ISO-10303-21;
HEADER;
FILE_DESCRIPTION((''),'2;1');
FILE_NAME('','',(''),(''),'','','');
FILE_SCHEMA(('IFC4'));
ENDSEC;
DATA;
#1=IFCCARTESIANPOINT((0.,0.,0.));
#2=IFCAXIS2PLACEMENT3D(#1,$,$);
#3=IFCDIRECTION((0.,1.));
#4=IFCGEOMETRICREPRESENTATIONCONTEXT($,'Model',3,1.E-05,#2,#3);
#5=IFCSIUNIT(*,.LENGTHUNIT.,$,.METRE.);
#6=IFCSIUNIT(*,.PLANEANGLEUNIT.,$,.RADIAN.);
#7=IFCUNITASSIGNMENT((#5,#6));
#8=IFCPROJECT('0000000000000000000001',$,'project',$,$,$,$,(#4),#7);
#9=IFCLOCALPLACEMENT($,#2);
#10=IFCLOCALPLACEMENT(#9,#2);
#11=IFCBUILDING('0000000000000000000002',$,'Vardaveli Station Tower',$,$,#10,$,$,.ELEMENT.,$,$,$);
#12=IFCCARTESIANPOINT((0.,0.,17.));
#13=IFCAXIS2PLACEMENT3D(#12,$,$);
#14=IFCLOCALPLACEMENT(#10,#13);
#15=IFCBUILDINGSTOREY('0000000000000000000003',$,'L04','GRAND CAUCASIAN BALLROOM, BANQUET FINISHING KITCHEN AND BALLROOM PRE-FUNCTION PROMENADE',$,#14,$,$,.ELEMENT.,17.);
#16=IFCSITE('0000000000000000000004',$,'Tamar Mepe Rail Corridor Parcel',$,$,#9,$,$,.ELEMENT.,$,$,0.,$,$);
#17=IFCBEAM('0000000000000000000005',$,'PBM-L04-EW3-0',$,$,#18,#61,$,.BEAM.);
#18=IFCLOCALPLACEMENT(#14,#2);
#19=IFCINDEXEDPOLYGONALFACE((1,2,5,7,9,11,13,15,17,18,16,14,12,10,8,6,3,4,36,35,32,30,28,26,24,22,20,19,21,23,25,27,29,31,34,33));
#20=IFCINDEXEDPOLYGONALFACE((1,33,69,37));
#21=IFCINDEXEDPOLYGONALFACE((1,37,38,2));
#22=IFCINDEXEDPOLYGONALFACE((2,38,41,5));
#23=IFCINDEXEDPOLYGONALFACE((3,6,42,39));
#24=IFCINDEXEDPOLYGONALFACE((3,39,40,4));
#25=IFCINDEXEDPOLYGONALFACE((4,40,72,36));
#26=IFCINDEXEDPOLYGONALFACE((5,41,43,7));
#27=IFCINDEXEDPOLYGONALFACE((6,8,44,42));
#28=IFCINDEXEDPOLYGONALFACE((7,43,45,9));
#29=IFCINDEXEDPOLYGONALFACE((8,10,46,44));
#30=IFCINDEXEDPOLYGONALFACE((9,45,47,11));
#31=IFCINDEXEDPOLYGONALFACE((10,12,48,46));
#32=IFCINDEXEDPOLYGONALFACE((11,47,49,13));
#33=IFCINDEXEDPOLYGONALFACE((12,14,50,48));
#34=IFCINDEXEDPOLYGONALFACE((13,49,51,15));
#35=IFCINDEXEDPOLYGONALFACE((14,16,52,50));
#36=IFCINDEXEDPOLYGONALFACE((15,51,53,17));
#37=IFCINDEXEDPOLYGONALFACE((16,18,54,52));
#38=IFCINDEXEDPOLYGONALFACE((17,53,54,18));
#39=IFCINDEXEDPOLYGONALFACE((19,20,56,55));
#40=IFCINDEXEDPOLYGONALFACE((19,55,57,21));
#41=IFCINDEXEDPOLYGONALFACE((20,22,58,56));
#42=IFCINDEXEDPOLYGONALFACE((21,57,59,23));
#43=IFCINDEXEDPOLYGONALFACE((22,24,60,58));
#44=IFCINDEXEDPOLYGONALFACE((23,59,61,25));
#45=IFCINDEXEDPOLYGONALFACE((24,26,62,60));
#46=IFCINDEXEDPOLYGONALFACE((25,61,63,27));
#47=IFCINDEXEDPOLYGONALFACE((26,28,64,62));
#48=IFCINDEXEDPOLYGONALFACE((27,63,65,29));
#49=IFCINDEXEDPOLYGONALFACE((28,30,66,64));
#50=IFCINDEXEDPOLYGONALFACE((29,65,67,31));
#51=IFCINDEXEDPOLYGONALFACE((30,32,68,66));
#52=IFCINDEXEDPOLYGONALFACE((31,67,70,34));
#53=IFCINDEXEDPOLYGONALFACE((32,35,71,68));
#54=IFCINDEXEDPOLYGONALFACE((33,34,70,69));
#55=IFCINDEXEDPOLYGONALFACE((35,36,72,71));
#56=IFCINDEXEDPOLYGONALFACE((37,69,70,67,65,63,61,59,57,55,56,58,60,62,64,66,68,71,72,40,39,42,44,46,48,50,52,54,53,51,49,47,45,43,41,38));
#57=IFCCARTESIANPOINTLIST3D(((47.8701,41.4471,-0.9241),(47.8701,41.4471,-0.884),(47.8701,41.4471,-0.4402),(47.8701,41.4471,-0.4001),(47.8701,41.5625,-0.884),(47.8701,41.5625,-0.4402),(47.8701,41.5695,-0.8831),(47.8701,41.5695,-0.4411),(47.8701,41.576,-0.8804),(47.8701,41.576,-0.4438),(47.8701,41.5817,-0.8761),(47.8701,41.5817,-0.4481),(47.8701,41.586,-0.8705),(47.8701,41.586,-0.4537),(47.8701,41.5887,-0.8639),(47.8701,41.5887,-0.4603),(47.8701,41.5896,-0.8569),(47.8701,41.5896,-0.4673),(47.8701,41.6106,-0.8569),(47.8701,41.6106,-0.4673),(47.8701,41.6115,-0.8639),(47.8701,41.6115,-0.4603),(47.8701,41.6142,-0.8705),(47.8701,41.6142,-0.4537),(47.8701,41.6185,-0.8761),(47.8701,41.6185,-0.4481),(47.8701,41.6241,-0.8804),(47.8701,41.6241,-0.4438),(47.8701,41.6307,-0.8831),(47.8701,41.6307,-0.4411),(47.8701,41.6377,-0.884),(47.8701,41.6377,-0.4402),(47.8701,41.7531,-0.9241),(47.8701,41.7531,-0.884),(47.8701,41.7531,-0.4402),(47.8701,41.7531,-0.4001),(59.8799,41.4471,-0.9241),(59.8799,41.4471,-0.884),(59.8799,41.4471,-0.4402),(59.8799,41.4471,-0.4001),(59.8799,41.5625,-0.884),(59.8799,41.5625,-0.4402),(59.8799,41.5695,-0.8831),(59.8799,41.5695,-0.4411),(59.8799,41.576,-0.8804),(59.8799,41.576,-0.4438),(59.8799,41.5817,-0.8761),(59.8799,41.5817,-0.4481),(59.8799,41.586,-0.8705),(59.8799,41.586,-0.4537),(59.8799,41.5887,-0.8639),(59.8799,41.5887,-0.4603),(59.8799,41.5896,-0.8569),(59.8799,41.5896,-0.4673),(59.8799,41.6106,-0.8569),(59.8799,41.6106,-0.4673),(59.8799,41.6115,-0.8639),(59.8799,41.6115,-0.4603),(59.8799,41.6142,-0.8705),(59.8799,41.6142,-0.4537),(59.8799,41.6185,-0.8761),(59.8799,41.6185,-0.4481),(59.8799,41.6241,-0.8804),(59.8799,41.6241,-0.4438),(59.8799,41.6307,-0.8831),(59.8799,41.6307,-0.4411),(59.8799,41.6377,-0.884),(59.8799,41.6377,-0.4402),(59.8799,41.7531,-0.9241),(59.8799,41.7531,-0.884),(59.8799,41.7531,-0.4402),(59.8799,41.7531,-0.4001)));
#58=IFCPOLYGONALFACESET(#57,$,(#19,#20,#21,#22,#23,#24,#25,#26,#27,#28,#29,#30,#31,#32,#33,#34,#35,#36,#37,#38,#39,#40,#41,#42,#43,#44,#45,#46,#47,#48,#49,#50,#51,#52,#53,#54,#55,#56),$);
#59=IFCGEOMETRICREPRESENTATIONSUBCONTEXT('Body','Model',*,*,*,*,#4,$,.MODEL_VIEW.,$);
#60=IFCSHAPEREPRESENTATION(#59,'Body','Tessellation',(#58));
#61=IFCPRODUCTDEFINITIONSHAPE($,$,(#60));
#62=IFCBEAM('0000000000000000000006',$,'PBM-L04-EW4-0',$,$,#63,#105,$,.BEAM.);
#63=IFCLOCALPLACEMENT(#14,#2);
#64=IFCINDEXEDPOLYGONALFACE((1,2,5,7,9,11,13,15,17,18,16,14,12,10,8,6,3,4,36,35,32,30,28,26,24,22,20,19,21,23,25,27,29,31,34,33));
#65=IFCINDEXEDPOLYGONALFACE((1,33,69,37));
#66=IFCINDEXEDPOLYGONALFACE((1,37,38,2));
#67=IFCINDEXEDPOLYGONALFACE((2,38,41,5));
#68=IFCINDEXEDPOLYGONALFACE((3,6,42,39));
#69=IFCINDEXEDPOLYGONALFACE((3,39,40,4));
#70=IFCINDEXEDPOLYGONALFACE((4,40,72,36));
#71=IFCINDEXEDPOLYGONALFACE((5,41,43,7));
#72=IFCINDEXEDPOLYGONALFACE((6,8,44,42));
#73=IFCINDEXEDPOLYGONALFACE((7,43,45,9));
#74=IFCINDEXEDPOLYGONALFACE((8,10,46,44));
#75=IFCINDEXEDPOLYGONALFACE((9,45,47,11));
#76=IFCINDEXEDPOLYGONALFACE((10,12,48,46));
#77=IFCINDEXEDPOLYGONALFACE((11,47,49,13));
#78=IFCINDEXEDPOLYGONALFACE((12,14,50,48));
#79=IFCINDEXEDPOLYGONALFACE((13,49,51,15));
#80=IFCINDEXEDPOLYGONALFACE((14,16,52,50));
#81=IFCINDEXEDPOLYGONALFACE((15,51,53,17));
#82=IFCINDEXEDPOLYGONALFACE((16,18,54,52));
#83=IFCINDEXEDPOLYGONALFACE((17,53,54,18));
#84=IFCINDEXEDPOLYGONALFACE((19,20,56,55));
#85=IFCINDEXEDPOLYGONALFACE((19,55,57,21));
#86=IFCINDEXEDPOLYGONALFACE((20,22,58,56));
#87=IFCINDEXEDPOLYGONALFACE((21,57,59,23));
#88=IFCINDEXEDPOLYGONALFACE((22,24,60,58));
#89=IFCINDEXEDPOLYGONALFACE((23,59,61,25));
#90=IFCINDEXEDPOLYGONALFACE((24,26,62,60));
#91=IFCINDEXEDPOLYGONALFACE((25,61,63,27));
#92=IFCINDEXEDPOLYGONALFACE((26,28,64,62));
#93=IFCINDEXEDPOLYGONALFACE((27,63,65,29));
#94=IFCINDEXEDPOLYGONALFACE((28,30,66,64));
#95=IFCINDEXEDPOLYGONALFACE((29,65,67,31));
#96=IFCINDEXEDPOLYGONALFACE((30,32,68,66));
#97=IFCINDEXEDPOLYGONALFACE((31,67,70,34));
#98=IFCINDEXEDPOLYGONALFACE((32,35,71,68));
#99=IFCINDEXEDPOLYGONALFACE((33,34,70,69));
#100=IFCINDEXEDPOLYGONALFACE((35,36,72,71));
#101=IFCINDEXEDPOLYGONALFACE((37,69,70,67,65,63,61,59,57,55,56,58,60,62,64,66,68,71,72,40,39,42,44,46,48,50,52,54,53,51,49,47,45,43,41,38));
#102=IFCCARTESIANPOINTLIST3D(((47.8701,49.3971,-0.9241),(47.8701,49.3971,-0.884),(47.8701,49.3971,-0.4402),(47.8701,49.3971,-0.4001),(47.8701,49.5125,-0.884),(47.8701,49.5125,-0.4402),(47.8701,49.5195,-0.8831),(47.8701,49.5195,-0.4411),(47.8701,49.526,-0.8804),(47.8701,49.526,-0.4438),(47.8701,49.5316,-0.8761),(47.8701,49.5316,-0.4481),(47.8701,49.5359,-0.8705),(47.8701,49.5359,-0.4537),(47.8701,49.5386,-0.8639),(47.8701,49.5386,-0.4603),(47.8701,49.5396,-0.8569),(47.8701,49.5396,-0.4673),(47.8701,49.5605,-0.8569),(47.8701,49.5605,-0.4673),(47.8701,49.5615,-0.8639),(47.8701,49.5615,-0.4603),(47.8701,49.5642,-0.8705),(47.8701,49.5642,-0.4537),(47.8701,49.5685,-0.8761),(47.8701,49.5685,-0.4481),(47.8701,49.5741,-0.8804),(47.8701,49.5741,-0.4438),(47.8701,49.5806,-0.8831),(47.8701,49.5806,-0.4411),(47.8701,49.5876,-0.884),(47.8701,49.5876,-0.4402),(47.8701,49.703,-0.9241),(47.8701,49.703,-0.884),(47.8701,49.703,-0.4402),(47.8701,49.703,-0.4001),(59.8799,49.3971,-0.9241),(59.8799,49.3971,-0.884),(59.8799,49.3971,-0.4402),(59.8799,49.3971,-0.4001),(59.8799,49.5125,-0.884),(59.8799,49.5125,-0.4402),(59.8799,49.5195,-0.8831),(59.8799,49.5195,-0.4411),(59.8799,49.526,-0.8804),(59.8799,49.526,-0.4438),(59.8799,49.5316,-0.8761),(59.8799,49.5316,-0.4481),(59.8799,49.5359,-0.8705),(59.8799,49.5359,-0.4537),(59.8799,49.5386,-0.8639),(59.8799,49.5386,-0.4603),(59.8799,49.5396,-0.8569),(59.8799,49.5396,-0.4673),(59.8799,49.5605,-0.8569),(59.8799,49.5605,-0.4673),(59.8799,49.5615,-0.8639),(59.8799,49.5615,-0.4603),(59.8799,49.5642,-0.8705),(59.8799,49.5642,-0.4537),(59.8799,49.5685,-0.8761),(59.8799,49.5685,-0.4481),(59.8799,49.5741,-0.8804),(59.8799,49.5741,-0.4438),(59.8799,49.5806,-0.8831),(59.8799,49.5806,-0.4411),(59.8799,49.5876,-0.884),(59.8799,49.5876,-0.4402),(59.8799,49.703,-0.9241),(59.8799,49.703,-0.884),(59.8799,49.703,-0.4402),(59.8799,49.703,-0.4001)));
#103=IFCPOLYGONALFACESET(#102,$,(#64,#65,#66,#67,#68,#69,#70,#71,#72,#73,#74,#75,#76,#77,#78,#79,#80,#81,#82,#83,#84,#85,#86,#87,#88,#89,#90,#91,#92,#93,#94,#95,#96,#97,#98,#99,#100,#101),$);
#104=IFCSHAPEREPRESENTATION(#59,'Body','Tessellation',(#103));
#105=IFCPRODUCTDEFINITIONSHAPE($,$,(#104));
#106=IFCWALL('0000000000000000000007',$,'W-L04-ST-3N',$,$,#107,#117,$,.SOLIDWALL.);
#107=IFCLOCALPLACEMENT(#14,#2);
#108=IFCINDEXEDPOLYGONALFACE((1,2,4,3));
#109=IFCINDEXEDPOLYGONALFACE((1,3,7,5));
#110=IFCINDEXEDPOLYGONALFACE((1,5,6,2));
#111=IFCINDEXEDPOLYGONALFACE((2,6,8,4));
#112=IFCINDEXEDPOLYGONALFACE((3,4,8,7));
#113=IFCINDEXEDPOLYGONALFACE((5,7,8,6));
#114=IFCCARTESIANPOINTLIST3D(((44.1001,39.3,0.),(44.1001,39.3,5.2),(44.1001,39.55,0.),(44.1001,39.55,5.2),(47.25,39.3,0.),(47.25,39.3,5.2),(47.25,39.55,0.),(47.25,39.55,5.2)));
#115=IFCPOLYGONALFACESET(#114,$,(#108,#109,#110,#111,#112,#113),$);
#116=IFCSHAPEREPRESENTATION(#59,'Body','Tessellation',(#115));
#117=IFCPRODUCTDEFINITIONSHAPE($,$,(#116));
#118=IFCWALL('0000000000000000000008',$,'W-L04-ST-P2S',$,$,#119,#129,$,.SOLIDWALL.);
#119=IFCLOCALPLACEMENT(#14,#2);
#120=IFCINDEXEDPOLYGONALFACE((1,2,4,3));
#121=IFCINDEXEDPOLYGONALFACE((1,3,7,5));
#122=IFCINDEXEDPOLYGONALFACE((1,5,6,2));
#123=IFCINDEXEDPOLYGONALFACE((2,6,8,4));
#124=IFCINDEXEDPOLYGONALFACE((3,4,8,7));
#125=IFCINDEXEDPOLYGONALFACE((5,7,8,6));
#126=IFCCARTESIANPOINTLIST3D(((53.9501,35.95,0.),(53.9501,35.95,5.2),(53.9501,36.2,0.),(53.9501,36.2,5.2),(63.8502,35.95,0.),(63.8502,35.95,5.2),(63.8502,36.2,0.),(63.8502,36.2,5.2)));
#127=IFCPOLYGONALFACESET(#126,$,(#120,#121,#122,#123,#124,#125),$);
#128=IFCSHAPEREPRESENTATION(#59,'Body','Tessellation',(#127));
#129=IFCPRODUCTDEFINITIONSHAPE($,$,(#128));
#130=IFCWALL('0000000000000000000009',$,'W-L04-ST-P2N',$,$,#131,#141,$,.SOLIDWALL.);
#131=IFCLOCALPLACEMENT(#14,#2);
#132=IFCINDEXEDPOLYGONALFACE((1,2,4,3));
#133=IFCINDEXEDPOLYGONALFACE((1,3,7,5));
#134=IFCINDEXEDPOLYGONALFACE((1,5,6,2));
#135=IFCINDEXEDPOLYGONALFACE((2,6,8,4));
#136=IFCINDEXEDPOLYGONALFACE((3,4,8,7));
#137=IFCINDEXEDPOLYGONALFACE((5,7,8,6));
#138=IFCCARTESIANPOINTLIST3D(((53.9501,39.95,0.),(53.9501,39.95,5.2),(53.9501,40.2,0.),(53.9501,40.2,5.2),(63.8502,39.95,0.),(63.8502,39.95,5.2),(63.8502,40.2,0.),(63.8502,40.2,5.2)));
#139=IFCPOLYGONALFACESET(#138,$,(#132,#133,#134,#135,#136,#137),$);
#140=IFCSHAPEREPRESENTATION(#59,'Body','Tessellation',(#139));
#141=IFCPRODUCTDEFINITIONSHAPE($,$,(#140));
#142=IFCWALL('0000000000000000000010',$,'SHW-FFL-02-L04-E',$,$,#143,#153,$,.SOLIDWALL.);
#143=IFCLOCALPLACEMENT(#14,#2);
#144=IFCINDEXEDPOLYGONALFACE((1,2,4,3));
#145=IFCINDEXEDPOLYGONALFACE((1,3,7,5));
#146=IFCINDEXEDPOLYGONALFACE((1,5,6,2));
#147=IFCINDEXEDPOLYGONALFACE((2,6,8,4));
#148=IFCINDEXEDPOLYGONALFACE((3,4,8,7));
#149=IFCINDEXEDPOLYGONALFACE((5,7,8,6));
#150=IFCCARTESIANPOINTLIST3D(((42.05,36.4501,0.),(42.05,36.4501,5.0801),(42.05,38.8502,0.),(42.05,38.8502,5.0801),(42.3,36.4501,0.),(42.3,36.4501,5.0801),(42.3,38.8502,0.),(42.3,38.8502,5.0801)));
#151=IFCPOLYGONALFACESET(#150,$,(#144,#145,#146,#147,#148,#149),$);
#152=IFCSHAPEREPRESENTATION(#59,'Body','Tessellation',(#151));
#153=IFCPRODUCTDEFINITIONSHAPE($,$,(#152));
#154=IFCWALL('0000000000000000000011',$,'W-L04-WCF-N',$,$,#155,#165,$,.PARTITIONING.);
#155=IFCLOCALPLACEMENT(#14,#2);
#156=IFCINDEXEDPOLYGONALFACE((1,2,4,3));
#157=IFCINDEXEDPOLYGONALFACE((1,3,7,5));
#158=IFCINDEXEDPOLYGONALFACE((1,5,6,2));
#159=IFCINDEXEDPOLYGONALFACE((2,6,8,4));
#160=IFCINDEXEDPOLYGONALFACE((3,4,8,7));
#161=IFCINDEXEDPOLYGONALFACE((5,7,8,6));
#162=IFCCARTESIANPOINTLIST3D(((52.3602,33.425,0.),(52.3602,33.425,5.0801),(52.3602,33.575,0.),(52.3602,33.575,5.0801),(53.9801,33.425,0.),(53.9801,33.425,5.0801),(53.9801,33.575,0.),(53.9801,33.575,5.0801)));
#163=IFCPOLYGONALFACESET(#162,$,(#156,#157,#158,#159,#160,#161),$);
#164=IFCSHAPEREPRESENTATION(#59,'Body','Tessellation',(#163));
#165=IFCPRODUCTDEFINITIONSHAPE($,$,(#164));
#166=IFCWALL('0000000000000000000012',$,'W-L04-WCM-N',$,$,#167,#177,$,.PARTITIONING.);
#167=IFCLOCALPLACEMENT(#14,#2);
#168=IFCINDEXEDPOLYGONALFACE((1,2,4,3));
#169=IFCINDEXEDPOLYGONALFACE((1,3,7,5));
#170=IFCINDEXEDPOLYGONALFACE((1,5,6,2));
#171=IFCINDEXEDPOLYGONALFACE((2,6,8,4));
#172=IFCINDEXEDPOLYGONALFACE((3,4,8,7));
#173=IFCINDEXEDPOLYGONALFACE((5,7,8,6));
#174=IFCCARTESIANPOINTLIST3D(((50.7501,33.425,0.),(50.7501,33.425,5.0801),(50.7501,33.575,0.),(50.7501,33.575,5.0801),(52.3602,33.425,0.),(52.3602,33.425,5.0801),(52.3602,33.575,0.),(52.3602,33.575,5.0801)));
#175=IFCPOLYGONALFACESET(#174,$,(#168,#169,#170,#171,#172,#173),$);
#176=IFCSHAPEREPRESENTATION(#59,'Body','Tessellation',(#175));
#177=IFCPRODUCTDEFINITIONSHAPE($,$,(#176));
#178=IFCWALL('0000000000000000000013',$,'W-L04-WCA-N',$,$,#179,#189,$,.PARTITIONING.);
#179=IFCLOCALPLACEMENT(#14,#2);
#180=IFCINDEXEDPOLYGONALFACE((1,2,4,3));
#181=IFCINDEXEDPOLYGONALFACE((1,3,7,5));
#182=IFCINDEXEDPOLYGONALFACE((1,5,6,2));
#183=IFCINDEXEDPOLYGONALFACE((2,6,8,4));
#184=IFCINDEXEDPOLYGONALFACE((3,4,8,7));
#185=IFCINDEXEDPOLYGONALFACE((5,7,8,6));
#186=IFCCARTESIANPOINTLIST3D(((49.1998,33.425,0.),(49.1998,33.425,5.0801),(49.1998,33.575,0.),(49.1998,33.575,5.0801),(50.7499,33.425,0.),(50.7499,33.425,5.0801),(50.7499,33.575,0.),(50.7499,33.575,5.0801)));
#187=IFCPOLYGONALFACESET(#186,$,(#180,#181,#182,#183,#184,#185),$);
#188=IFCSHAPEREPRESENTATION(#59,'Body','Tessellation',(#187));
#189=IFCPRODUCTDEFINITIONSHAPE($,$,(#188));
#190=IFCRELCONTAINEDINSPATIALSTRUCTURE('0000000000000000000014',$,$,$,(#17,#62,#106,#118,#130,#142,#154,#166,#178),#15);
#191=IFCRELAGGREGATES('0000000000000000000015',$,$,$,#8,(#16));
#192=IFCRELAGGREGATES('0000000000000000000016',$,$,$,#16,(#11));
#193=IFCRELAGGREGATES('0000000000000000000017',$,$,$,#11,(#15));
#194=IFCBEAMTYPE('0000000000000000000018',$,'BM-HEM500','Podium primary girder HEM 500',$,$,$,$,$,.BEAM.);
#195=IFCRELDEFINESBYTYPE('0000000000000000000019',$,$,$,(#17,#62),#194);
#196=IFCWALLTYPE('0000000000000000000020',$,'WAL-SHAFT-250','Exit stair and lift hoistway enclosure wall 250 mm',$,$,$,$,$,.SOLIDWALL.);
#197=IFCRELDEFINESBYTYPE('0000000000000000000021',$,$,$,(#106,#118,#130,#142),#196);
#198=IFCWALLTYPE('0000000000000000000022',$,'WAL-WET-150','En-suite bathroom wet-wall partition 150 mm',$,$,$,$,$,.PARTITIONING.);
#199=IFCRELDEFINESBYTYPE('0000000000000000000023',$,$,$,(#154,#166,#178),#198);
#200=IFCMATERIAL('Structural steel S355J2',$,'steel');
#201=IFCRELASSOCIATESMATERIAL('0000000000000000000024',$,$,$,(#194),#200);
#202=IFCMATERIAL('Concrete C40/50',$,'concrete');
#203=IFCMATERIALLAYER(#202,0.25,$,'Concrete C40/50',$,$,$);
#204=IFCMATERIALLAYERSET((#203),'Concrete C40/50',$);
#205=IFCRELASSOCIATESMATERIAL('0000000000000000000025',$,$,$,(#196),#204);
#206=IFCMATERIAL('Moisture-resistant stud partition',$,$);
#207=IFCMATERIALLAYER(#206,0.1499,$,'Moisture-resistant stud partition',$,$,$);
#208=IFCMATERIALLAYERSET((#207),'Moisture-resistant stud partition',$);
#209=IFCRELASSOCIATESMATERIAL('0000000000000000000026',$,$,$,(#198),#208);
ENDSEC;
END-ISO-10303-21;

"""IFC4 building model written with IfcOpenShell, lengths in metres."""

from ifc_helpers import new_model, si_unit, direction, frame, frame_2d, origin, origin_2d, place, context, subcontext, project, spatial, rectangle, i_section, extrude, source, transform, mapped, material, layer, layer_set, material_profile, profile_set, type_object, element, save


model = new_model("IFC4")

# Units and contexts
model_context = context("Model", 3, precision=1e-05, world=origin(), true_north=direction((0.0, 1.0)))
body_context = subcontext(model_context, "Body", "Model", "MODEL_VIEW")
ifc_project = project(units=[si_unit("LENGTHUNIT", "METRE"), si_unit("PLANEANGLEUNIT", "RADIAN")], contexts=[model_context])

# Site, building, storey
site_placement = place(None, origin())
site = spatial("IfcSite", under=ifc_project, at=site_placement, Name="Tamar Mepe Rail Corridor Parcel", CompositionType="ELEMENT", RefElevation=0.0)
building_placement = place(site_placement, origin())
building = spatial("IfcBuilding", under=site, at=building_placement, Name="Vardaveli Station Tower", CompositionType="ELEMENT")
storey_placement = place(building_placement, frame((0.0, 0.0, 17.0)))
storey = spatial("IfcBuildingStorey", under=building, at=storey_placement, Name="L04", Description="GRAND CAUCASIAN BALLROOM, BANQUET FINISHING KITCHEN AND BALLROOM PRE-FUNCTION PROMENADE", CompositionType="ELEMENT", Elevation=17.0)

# Beams
ifc_material_1 = material(Name="Structural steel S355J2", Category="steel")
ifc_material_profile_1 = material_profile(ifc_material_1, i_section(OverallWidth=0.3059, OverallDepth=0.5239, WebThickness=0.021, FlangeThickness=0.04, FilletRadius=0.0271, at=origin_2d()), Name="HEM 500")
ifc_profile_set_1 = profile_set([ifc_material_profile_1], Name="Structural steel S355J2")
beam_type = type_object("IfcBeamType", Name="BM-HEM500", Description="Podium primary girder HEM 500", PredefinedType="BEAM", material=ifc_profile_set_1)
shared_shape_1 = source(origin(), body_context, "Body", "SweptSolid", [
    extrude(i_section(OverallWidth=0.3059, OverallDepth=0.5239, WebThickness=0.021, FlangeThickness=0.04, FilletRadius=0.0271, at=origin_2d()), origin(), (0.0, 0.0, 1.0), 12.0098),
])
for number, where, z_axis, x_axis, name in (
    (1, (47.8701, 41.6001, -0.6621), (1.0, 0.0, 0.0), (0.0, 1.0, 0.0), "PBM-L04-EW3-0"),
    (2, (47.8701, 49.55, -0.6621), (1.0, 0.0, 0.0), (0.0, 1.0, 0.0), "PBM-L04-EW4-0"),
):
    element("IfcBeam", number, at=place(storey_placement, frame(where, z_axis=z_axis, x_axis=x_axis)), inside=storey, type_object=beam_type, Name=name, PredefinedType="BEAM", context=body_context, shape_type="MappedRepresentation", body=[
        mapped(shared_shape_1, transform((0.0, 0.0, 0.0), scale=1.0)),
    ])

# Walls
ifc_material_2 = material(Name="Concrete C40/50", Category="concrete")
ifc_layer_1 = layer(ifc_material_2, 0.25, Name="Concrete C40/50")
ifc_layer_set_1 = layer_set([ifc_layer_1], Name="Concrete C40/50")
wall_type_1 = type_object("IfcWallType", Name="WAL-SHAFT-250", Description="Exit stair and lift hoistway enclosure wall 250 mm", PredefinedType="SOLIDWALL", material=ifc_layer_set_1)
shared_shape_2 = source(origin(), body_context, "Body", "SweptSolid", [
    extrude(rectangle(XDim=3.1499, YDim=0.25, at=frame_2d((1.575, 0.0))), origin(), (0.0, 0.0, 1.0), 5.2),
])
wall_1_placement = place(storey_placement, frame((44.1001, 39.425, 0.0), z_axis=(0.0, 0.0, 1.0), x_axis=(1.0, 0.0, 0.0)))
element("IfcWall", 3, at=wall_1_placement, inside=storey, type_object=wall_type_1, Name="W-L04-ST-3N", PredefinedType="SOLIDWALL", context=body_context, shape_type="MappedRepresentation", body=[
    mapped(shared_shape_2, transform((0.0, 0.0, 0.0), scale=1.0)),
])
shared_shape_3 = source(origin(), body_context, "Body", "SweptSolid", [
    extrude(rectangle(XDim=9.9001, YDim=0.25, at=frame_2d((4.9502, 0.0))), origin(), (0.0, 0.0, 1.0), 5.2),
])
for number, where, z_axis, x_axis, name in (
    (4, (53.95, 36.075, 0.0), (0.0, 0.0, 1.0), (1.0, 0.0, 0.0), "W-L04-ST-P2S"),
    (5, (53.95, 40.075, 0.0), (0.0, 0.0, 1.0), (1.0, 0.0, 0.0), "W-L04-ST-P2N"),
):
    element("IfcWall", number, at=place(storey_placement, frame(where, z_axis=z_axis, x_axis=x_axis)), inside=storey, type_object=wall_type_1, Name=name, PredefinedType="SOLIDWALL", context=body_context, shape_type="MappedRepresentation", body=[
        mapped(shared_shape_3, transform((0.0, 0.0, 0.0), scale=1.0)),
    ])
shared_shape_4 = source(origin(), body_context, "Body", "SweptSolid", [
    extrude(rectangle(XDim=2.4001, YDim=0.25, at=frame_2d((1.2002, 0.0))), origin(), (0.0, 0.0, 1.0), 5.0801),
])
wall_2_placement = place(storey_placement, frame((42.175, 36.45, 0.0), z_axis=(0.0, 0.0, 1.0), x_axis=(0.0, 1.0, 0.0)))
element("IfcWall", 6, at=wall_2_placement, inside=storey, type_object=wall_type_1, Name="SHW-FFL-02-L04-E", PredefinedType="SOLIDWALL", context=body_context, shape_type="MappedRepresentation", body=[
    mapped(shared_shape_4, transform((0.0, 0.0, 0.0), scale=1.0)),
])
ifc_material_3 = material(Name="Moisture-resistant stud partition")
ifc_layer_2 = layer(ifc_material_3, 0.1499, Name="Moisture-resistant stud partition")
ifc_layer_set_2 = layer_set([ifc_layer_2], Name="Moisture-resistant stud partition")
wall_type_2 = type_object("IfcWallType", Name="WAL-WET-150", Description="En-suite bathroom wet-wall partition 150 mm", PredefinedType="PARTITIONING", material=ifc_layer_set_2)
shared_shape_5 = source(origin(), body_context, "Body", "SweptSolid", [
    extrude(rectangle(XDim=1.6199, YDim=0.1499, at=frame_2d((0.8101, 0.0))), origin(), (0.0, 0.0, 1.0), 5.0801),
])
wall_3_placement = place(storey_placement, frame((52.3601, 33.5, 0.0), z_axis=(0.0, 0.0, 1.0), x_axis=(1.0, 0.0, 0.0)))
element("IfcWall", 7, at=wall_3_placement, inside=storey, type_object=wall_type_2, Name="W-L04-WCF-N", PredefinedType="PARTITIONING", context=body_context, shape_type="MappedRepresentation", body=[
    mapped(shared_shape_5, transform((0.0, 0.0, 0.0), scale=1.0)),
])
shared_shape_6 = source(origin(), body_context, "Body", "SweptSolid", [
    extrude(rectangle(XDim=1.6101, YDim=0.1499, at=frame_2d((0.8052, 0.0))), origin(), (0.0, 0.0, 1.0), 5.0801),
])
wall_4_placement = place(storey_placement, frame((50.75, 33.5, 0.0), z_axis=(0.0, 0.0, 1.0), x_axis=(1.0, 0.0, 0.0)))
element("IfcWall", 8, at=wall_4_placement, inside=storey, type_object=wall_type_2, Name="W-L04-WCM-N", PredefinedType="PARTITIONING", context=body_context, shape_type="MappedRepresentation", body=[
    mapped(shared_shape_6, transform((0.0, 0.0, 0.0), scale=1.0)),
])
shared_shape_7 = source(origin(), body_context, "Body", "SweptSolid", [
    extrude(rectangle(XDim=1.55, YDim=0.1499, at=frame_2d((0.7749, 0.0))), origin(), (0.0, 0.0, 1.0), 5.0801),
])
wall_5_placement = place(storey_placement, frame((49.2, 33.5, 0.0), z_axis=(0.0, 0.0, 1.0), x_axis=(1.0, 0.0, 0.0)))
element("IfcWall", 9, at=wall_5_placement, inside=storey, type_object=wall_type_2, Name="W-L04-WCA-N", PredefinedType="PARTITIONING", context=body_context, shape_type="MappedRepresentation", body=[
    mapped(shared_shape_7, transform((0.0, 0.0, 0.0), scale=1.0)),
])

save(model, "model.ifc")
